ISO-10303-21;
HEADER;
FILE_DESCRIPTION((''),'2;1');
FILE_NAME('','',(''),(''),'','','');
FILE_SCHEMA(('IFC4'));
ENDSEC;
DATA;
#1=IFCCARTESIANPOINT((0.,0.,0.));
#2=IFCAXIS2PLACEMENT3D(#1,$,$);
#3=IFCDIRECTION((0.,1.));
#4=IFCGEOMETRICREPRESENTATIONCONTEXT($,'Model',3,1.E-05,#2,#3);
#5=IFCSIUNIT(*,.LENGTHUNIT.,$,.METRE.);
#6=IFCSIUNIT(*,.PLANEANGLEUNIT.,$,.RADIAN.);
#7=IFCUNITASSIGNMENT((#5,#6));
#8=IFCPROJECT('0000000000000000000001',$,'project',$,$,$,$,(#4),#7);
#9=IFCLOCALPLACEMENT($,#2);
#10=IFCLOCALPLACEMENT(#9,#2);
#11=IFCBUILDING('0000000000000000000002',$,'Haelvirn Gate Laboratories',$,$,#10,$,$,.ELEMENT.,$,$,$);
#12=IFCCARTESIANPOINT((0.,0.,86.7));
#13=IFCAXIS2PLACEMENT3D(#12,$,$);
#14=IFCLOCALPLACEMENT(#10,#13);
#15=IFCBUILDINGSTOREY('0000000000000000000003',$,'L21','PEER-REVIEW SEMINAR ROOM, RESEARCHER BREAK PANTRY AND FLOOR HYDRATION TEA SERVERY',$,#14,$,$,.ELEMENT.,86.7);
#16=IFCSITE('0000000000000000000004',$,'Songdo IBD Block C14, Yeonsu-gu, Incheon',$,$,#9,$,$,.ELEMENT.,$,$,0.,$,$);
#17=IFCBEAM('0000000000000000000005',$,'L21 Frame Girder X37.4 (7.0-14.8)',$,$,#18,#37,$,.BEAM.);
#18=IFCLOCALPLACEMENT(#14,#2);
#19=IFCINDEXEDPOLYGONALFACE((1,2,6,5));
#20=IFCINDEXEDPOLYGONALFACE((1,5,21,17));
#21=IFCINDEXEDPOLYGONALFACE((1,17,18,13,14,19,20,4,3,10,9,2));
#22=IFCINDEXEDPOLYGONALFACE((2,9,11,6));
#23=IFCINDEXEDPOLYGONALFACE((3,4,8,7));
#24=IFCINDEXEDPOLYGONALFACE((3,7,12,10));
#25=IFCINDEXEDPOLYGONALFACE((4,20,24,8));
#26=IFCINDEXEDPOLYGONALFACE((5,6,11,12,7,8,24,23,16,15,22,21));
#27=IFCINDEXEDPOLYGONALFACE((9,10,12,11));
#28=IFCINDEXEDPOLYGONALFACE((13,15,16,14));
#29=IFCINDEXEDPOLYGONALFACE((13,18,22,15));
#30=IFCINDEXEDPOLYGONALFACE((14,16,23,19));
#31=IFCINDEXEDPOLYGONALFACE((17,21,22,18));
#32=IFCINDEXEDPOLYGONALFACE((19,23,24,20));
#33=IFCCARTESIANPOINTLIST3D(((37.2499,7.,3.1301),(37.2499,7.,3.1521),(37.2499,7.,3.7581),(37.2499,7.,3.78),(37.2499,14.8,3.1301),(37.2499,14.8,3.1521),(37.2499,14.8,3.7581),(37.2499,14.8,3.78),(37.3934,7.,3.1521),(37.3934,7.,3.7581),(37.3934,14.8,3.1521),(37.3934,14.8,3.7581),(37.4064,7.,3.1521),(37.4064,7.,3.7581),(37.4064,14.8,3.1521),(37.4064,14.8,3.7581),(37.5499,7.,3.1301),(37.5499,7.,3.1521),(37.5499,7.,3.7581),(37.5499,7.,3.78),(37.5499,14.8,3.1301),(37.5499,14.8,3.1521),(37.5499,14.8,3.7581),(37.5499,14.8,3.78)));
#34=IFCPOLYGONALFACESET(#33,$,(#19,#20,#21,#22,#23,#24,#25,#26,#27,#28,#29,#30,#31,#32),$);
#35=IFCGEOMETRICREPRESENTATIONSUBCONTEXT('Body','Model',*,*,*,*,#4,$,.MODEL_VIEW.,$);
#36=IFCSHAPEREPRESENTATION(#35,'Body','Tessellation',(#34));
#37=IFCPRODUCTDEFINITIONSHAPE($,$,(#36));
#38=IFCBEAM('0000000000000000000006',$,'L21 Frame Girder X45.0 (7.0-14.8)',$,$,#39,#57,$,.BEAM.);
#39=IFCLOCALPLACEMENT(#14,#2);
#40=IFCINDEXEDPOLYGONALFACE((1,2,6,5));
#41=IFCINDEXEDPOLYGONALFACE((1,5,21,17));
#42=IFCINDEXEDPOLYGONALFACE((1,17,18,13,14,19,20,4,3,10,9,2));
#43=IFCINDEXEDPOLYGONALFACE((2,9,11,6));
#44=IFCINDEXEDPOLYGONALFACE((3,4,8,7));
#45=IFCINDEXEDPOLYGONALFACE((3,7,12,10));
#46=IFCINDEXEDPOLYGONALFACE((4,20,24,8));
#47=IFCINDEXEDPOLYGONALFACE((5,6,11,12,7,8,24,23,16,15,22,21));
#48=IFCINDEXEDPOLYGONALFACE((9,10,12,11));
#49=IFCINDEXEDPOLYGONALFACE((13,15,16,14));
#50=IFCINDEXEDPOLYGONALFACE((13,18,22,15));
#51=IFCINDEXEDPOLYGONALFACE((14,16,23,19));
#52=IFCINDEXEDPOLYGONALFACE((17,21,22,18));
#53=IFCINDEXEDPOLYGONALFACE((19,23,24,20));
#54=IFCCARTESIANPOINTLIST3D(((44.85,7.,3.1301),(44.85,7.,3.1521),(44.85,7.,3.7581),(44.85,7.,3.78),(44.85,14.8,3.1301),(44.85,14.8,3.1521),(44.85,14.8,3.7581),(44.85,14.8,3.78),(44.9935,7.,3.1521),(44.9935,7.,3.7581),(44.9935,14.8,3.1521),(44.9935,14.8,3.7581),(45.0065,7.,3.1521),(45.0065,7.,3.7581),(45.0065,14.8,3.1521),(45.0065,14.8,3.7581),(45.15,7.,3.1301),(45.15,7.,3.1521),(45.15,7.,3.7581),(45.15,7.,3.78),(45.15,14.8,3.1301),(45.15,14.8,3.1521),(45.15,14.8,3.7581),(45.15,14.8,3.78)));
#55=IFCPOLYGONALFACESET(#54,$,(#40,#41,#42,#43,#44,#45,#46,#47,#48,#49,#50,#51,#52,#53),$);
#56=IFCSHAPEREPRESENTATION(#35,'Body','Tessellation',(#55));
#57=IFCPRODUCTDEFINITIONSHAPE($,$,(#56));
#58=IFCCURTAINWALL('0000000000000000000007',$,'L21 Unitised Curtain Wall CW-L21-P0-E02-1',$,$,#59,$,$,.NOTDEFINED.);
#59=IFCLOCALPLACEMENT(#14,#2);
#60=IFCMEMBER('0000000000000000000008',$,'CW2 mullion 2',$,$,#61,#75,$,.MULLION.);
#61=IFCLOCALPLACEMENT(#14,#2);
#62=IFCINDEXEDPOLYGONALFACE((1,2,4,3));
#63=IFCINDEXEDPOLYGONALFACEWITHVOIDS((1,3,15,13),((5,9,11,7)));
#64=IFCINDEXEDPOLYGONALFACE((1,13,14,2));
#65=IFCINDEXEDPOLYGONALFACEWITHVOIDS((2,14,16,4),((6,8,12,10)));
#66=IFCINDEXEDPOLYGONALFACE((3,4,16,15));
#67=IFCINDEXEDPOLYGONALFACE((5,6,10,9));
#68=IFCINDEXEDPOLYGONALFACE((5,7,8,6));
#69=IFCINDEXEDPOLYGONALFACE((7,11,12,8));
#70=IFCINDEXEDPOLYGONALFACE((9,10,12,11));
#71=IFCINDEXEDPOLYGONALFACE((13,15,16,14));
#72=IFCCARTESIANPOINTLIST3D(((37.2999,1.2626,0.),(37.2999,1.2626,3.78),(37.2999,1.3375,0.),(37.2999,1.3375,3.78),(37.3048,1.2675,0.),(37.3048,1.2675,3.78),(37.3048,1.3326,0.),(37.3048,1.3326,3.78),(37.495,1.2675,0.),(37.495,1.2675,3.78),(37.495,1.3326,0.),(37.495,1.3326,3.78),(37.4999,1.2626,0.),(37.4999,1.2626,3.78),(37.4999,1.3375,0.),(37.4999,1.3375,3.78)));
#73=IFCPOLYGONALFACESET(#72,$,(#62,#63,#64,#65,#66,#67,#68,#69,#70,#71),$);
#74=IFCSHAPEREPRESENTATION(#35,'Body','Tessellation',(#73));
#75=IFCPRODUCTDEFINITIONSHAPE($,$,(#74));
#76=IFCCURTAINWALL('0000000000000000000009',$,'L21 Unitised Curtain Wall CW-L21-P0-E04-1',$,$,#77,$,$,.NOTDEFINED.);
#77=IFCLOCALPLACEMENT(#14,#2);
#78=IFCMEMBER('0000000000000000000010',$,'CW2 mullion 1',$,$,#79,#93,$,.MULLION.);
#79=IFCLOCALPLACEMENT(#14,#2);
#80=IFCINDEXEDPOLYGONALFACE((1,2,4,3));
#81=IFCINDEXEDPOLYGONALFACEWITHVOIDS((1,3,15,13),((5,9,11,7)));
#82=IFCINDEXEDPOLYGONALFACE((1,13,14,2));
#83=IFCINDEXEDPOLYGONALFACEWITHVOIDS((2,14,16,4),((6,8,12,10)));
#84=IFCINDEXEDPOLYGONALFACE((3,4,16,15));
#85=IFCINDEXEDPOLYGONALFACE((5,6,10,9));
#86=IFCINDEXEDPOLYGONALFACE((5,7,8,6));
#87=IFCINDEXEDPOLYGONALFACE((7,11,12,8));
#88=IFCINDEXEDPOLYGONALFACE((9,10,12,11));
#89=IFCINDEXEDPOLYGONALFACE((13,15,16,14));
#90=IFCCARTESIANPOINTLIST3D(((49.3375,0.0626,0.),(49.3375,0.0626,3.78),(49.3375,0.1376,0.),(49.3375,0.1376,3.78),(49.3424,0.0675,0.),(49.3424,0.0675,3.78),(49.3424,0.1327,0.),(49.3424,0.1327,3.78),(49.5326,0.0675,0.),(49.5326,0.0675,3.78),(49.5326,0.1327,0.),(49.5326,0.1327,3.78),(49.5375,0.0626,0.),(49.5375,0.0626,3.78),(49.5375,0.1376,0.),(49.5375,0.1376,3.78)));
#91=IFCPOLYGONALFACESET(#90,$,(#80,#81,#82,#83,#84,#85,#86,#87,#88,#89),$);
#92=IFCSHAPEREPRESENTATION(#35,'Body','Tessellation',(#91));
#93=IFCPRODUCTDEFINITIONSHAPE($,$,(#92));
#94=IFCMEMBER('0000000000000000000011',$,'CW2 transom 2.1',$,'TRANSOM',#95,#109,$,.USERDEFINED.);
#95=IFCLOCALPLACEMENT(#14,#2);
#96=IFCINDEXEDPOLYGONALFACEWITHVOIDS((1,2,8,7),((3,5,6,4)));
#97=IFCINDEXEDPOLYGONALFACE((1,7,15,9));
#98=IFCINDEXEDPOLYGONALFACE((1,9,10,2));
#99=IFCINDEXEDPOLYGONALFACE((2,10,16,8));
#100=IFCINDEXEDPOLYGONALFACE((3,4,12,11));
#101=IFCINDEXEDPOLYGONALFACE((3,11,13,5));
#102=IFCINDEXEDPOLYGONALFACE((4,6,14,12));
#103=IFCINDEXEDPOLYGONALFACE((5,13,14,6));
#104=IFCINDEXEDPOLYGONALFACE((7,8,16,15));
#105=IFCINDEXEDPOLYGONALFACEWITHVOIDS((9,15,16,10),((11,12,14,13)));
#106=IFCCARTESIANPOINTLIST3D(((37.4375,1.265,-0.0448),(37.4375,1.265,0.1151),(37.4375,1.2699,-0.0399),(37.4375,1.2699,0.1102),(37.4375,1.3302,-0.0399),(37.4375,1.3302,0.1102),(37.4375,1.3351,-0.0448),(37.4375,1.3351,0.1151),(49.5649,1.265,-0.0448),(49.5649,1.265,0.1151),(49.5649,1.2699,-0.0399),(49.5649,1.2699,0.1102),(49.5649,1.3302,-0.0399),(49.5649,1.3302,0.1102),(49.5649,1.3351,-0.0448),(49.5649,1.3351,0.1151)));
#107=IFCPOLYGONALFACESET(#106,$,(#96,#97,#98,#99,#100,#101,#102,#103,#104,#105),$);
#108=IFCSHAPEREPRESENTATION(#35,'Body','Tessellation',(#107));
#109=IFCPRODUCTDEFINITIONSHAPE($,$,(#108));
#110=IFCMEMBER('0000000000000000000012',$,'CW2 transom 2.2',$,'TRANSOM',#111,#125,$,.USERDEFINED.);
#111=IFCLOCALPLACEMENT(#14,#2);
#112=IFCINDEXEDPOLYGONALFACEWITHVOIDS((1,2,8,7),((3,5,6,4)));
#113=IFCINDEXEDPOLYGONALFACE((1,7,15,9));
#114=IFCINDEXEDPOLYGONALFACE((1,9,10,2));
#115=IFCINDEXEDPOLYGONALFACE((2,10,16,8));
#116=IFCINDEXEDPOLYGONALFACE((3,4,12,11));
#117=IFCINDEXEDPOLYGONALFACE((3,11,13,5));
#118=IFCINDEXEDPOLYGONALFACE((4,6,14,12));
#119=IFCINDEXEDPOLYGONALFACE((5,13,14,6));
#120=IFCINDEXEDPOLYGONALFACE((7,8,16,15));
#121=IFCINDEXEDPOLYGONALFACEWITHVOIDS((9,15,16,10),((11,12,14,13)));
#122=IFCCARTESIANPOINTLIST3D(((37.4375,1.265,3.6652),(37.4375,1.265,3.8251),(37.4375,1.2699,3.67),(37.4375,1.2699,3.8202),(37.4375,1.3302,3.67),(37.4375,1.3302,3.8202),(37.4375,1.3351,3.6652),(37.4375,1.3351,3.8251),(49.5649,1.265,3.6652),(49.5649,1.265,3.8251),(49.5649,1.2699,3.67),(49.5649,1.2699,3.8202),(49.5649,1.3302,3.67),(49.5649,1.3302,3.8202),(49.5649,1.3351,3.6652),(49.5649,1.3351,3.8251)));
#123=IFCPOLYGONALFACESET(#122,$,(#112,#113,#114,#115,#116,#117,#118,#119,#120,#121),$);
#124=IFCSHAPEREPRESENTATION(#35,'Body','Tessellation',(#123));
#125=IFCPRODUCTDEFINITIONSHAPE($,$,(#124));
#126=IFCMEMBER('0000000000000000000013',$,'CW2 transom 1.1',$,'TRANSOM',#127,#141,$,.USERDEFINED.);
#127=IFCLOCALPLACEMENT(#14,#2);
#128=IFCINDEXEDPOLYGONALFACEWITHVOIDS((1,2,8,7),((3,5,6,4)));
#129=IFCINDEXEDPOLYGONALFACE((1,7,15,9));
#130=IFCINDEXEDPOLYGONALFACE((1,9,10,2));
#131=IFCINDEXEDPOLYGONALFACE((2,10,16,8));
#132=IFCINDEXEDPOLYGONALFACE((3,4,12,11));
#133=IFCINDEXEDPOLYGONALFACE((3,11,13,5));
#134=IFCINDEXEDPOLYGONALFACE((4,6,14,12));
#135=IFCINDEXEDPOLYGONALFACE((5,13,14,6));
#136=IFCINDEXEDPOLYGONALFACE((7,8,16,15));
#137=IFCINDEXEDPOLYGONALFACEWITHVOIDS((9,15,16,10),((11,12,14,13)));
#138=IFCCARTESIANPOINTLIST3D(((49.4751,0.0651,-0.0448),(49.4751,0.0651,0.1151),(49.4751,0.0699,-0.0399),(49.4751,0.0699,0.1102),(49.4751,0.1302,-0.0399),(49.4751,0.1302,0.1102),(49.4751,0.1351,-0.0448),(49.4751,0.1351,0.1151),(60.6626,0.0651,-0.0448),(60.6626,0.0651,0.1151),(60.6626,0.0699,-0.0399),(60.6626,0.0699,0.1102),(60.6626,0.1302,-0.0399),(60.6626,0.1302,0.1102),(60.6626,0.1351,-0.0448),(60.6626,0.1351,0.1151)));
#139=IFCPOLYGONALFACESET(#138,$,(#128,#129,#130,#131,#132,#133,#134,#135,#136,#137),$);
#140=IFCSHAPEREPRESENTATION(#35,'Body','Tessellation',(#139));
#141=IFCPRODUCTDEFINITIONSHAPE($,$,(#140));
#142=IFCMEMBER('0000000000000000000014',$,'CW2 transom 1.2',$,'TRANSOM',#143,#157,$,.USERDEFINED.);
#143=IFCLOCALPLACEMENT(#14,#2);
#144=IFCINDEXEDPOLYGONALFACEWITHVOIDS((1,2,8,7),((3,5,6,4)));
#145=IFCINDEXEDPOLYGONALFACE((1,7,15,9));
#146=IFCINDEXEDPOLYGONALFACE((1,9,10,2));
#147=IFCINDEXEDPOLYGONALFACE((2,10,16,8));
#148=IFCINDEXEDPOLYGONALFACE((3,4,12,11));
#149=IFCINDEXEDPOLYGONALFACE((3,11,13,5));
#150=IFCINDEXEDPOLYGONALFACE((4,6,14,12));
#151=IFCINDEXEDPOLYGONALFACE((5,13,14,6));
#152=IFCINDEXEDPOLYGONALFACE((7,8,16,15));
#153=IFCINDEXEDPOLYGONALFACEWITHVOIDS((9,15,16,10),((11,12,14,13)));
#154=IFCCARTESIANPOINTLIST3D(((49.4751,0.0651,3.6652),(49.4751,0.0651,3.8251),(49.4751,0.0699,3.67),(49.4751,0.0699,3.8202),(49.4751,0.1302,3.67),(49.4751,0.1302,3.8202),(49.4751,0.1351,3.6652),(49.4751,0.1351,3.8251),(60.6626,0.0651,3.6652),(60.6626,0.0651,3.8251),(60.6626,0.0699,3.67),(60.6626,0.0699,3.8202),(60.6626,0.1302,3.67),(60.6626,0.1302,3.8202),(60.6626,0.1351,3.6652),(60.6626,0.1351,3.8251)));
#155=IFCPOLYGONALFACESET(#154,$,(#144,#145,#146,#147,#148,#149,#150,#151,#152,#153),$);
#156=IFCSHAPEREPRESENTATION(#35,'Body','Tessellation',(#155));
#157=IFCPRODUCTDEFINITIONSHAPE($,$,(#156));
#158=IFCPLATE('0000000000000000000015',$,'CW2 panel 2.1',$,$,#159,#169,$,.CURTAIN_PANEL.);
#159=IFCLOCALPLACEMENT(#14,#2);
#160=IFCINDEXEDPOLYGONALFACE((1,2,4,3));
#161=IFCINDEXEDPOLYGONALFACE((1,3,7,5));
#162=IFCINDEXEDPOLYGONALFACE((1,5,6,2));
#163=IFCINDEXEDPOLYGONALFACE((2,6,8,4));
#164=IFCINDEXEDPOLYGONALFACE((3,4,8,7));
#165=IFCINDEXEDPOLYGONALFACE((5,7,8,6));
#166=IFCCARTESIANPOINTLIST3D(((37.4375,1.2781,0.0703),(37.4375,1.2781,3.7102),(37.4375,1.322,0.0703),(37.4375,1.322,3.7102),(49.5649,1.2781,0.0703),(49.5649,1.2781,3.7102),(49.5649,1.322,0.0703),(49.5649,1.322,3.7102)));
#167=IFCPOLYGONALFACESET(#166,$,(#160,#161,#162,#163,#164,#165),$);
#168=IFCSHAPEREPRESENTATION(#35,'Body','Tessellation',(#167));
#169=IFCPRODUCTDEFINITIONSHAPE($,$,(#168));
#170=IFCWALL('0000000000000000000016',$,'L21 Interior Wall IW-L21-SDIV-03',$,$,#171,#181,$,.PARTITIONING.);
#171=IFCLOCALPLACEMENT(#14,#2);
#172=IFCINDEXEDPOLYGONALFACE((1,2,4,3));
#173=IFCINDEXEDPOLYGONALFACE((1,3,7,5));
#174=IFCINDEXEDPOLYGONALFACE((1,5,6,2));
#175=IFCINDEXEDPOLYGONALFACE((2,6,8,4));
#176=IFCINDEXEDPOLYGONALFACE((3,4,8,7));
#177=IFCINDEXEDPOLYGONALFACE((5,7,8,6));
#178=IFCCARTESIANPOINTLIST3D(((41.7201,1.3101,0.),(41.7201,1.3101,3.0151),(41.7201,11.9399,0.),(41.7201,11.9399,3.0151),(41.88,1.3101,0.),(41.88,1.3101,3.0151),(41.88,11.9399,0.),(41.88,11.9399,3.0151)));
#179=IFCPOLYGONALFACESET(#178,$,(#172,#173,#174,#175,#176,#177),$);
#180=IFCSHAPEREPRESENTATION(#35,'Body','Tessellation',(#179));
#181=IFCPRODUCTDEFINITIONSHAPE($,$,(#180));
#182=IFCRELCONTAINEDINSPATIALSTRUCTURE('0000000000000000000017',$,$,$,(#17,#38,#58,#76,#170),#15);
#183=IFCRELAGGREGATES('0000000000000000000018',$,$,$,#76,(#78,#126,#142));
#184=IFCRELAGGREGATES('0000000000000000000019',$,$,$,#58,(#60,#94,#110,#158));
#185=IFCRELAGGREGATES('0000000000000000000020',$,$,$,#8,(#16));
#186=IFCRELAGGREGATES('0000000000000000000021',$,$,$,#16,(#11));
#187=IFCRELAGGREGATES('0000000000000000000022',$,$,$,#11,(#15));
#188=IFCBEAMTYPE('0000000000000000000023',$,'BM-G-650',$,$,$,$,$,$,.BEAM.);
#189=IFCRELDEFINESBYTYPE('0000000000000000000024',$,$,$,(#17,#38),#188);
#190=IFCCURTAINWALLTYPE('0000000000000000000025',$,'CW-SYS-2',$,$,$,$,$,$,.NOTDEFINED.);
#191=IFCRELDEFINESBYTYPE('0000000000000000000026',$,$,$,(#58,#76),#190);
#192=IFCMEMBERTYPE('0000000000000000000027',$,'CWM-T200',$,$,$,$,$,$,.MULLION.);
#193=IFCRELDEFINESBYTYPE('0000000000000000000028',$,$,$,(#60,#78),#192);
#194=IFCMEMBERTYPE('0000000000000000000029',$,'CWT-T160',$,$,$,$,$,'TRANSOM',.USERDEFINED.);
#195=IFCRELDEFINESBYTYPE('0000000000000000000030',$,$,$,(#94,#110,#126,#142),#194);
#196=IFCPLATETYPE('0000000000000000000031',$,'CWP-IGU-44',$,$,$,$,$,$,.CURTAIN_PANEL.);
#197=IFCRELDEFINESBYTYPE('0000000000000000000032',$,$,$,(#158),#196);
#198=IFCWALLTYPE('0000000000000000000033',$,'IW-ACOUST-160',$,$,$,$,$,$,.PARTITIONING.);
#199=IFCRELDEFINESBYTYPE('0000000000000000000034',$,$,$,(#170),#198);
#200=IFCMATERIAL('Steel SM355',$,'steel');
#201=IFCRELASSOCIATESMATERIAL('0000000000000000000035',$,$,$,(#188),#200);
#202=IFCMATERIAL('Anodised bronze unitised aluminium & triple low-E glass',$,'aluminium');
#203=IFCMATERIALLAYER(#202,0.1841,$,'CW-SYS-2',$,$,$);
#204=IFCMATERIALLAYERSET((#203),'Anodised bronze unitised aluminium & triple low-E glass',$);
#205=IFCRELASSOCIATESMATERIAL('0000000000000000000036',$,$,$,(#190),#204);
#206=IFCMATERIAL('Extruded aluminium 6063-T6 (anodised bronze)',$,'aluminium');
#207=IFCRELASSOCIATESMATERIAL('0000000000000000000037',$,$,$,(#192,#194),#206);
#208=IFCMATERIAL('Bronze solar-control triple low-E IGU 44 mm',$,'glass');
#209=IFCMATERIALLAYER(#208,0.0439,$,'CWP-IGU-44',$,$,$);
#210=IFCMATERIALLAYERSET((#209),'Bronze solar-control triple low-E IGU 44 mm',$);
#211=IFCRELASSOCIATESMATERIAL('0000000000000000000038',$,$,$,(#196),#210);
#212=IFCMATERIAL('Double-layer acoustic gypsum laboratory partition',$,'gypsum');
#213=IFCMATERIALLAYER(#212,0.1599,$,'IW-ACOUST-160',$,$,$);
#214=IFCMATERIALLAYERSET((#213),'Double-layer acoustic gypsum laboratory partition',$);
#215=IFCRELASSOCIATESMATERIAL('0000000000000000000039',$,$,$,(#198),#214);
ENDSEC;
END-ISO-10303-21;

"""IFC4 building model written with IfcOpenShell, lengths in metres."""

from ifc_helpers import new_model, si_unit, direction, frame, frame_2d, origin, origin_2d, place, context, subcontext, project, spatial, rectangle, hollow_rectangle, i_section, extrude, source, transform, mapped, material, layer, layer_set, material_profile, profile_set, type_object, type_shapes, element, aggregate, save


model = new_model("IFC4")

# Units and contexts
model_context = context("Model", 3, precision=1e-05, world=origin(), true_north=direction((0.0, 1.0)))
body_context = subcontext(model_context, "Body", "Model", "MODEL_VIEW")
ifc_project = project(units=[si_unit("LENGTHUNIT", "METRE"), si_unit("PLANEANGLEUNIT", "RADIAN")], contexts=[model_context])

# Site, building, storey
site_placement = place(None, origin())
site = spatial("IfcSite", under=ifc_project, at=site_placement, Name="Songdo IBD Block C14, Yeonsu-gu, Incheon", CompositionType="ELEMENT", RefElevation=0.0)
building_placement = place(site_placement, origin())
building = spatial("IfcBuilding", under=site, at=building_placement, Name="Haelvirn Gate Laboratories", CompositionType="ELEMENT")
storey_placement = place(building_placement, frame((0.0, 0.0, 86.7)))
storey = spatial("IfcBuildingStorey", under=building, at=storey_placement, Name="L21", Description="PEER-REVIEW SEMINAR ROOM, RESEARCHER BREAK PANTRY AND FLOOR HYDRATION TEA SERVERY", CompositionType="ELEMENT", Elevation=86.7)

# Beams
ifc_material_1 = material(Name="Steel SM355", Category="steel")
ifc_material_profile_1 = material_profile(ifc_material_1, i_section(OverallWidth=0.3, OverallDepth=0.6499, WebThickness=0.0129, FlangeThickness=0.022, at=origin_2d()), Name="H-650x300x13x22")
ifc_profile_set_1 = profile_set([ifc_material_profile_1], Name="Steel SM355")
beam_type_1 = type_object("IfcBeamType", Name="BM-G-650", PredefinedType="BEAM", material=ifc_profile_set_1)
shared_shape_1 = source(origin(), body_context, "Body", "SweptSolid", [
    extrude(i_section(OverallWidth=0.3, OverallDepth=0.6499, WebThickness=0.0129, FlangeThickness=0.022, at=origin_2d()), origin(), (0.0, 0.0, 1.0), 7.8),
])
type_shapes(beam_type_1, [shared_shape_1])
for number, where, z_axis, x_axis, name in (
    (1, (37.3999, 7.0, 3.4551), (0.0, 1.0, 0.0), (-1.0, 0.0, 0.0), "L21 Frame Girder X37.4 (7.0-14.8)"),
    (2, (45.0, 7.0, 3.4551), (0.0, 1.0, 0.0), (-1.0, 0.0, 0.0), "L21 Frame Girder X45.0 (7.0-14.8)"),
):
    element("IfcBeam", number, at=place(storey_placement, frame(where, z_axis=z_axis, x_axis=x_axis)), inside=storey, type_object=beam_type_1, Name=name, PredefinedType="BEAM", context=body_context, shape_type="MappedRepresentation", body=[
        mapped(shared_shape_1, transform((0.0, 0.0, 0.0), scale=1.0)),
    ])

# Curtain walls, members
ifc_material_2 = material(Name="Anodised bronze unitised aluminium & triple low-E glass", Category="aluminium")
ifc_layer_1 = layer(ifc_material_2, 0.1841, Name="CW-SYS-2")
ifc_layer_set_1 = layer_set([ifc_layer_1], Name="Anodised bronze unitised aluminium & triple low-E glass")
curtain_wall_type = type_object("IfcCurtainWallType", Name="CW-SYS-2", PredefinedType="NOTDEFINED", material=ifc_layer_set_1)
curtain_wall_1_placement = place(storey_placement, origin())
curtain_wall_1 = element("IfcCurtainWall", 3, at=curtain_wall_1_placement, inside=storey, type_object=curtain_wall_type, Name="L21 Unitised Curtain Wall CW-L21-P0-E02-1", PredefinedType="NOTDEFINED")
ifc_material_3 = material(Name="Extruded aluminium 6063-T6 (anodised bronze)", Category="aluminium")
ifc_material_profile_2 = material_profile(ifc_material_3, hollow_rectangle(XDim=0.075, YDim=0.2, WallThickness=0.0049, at=origin_2d()), Name="CWM-200x75x5")
ifc_profile_set_2 = profile_set([ifc_material_profile_2], Name="Extruded aluminium 6063-T6 (anodised bronze)")
member_type_1 = type_object("IfcMemberType", Name="CWM-T200", PredefinedType="MULLION", material=ifc_profile_set_2)
shared_shape_2 = source(origin(), body_context, "Body", "SweptSolid", [
    extrude(hollow_rectangle(XDim=0.075, YDim=0.2, WallThickness=0.0049, at=origin_2d()), origin(), (0.0, 0.0, 1.0), 3.78),
])
type_shapes(member_type_1, [shared_shape_2])
member_1_placement = place(storey_placement, frame((37.3999, 1.3, 0.0), z_axis=(0.0, 0.0, 1.0), x_axis=(0.0, 1.0, 0.0)))
member_1 = element("IfcMember", 4, at=member_1_placement, type_object=member_type_1, Name="CW2 mullion 2", PredefinedType="MULLION", context=body_context, shape_type="MappedRepresentation", body=[
    mapped(shared_shape_2, transform((0.0, 0.0, 0.0), scale=1.0)),
])
curtain_wall_2_placement = place(storey_placement, origin())
curtain_wall_2 = element("IfcCurtainWall", 5, at=curtain_wall_2_placement, inside=storey, type_object=curtain_wall_type, Name="L21 Unitised Curtain Wall CW-L21-P0-E04-1", PredefinedType="NOTDEFINED")
member_2_placement = place(storey_placement, frame((49.4375, 0.1001, 0.0), z_axis=(0.0, 0.0, 1.0), x_axis=(0.0, 1.0, 0.0)))
member_2 = element("IfcMember", 6, at=member_2_placement, type_object=member_type_1, Name="CW2 mullion 1", PredefinedType="MULLION", context=body_context, shape_type="MappedRepresentation", body=[
    mapped(shared_shape_2, transform((0.0, 0.0, 0.0), scale=1.0)),
])

# Members
ifc_material_profile_3 = material_profile(ifc_material_3, hollow_rectangle(XDim=0.0701, YDim=0.1599, WallThickness=0.0049, at=origin_2d()), Name="CWT-160x70x5")
ifc_profile_set_3 = profile_set([ifc_material_profile_3], Name="Extruded aluminium 6063-T6 (anodised bronze)")
member_type_2 = type_object("IfcMemberType", Name="CWT-T160", ElementType="TRANSOM", PredefinedType="USERDEFINED", material=ifc_profile_set_3)
shared_shape_3 = source(origin(), body_context, "Body", "SweptSolid", [
    extrude(hollow_rectangle(XDim=0.0701, YDim=0.1599, WallThickness=0.0049, at=origin_2d()), origin(), (0.0, 0.0, 1.0), 12.1274),
])
member_3_placement = place(storey_placement, frame((37.4375, 1.3, 0.0352), z_axis=(1.0, 0.0, 0.0), x_axis=(0.0, 1.0, 0.0)))
member_3 = element("IfcMember", 7, at=member_3_placement, type_object=member_type_2, Name="CW2 transom 2.1", ObjectType="TRANSOM", PredefinedType="USERDEFINED", context=body_context, shape_type="MappedRepresentation", body=[
    mapped(shared_shape_3, transform((0.0, 0.0, 0.0), scale=1.0)),
])
member_4_placement = place(storey_placement, frame((37.4375, 1.3, 3.7451), z_axis=(1.0, 0.0, 0.0), x_axis=(0.0, 1.0, 0.0)))
member_4 = element("IfcMember", 8, at=member_4_placement, type_object=member_type_2, Name="CW2 transom 2.2", ObjectType="TRANSOM", PredefinedType="USERDEFINED", context=body_context, shape_type="MappedRepresentation", body=[
    mapped(shared_shape_3, transform((0.0, 0.0, 0.0), scale=1.0)),
])
shared_shape_4 = source(origin(), body_context, "Body", "SweptSolid", [
    extrude(hollow_rectangle(XDim=0.0701, YDim=0.1599, WallThickness=0.0049, at=origin_2d()), origin(), (0.0, 0.0, 1.0), 11.1875),
])
type_shapes(member_type_2, [shared_shape_3, shared_shape_4])
member_5_placement = place(storey_placement, frame((49.4751, 0.1001, 0.0352), z_axis=(1.0, 0.0, 0.0), x_axis=(0.0, 1.0, 0.0)))
member_5 = element("IfcMember", 9, at=member_5_placement, type_object=member_type_2, Name="CW2 transom 1.1", ObjectType="TRANSOM", PredefinedType="USERDEFINED", context=body_context, shape_type="MappedRepresentation", body=[
    mapped(shared_shape_4, transform((0.0, 0.0, 0.0), scale=1.0)),
])
member_6_placement = place(storey_placement, frame((49.4751, 0.1001, 3.7451), z_axis=(1.0, 0.0, 0.0), x_axis=(0.0, 1.0, 0.0)))
member_6 = element("IfcMember", 10, at=member_6_placement, type_object=member_type_2, Name="CW2 transom 1.2", ObjectType="TRANSOM", PredefinedType="USERDEFINED", context=body_context, shape_type="MappedRepresentation", body=[
    mapped(shared_shape_4, transform((0.0, 0.0, 0.0), scale=1.0)),
])
aggregate(curtain_wall_2, [member_2, member_5, member_6])

# Plate
ifc_material_4 = material(Name="Bronze solar-control triple low-E IGU 44 mm", Category="glass")
ifc_layer_2 = layer(ifc_material_4, 0.0439, Name="CWP-IGU-44")
ifc_layer_set_2 = layer_set([ifc_layer_2], Name="Bronze solar-control triple low-E IGU 44 mm")
plate_type = type_object("IfcPlateType", Name="CWP-IGU-44", PredefinedType="CURTAIN_PANEL", material=ifc_layer_set_2)
shared_shape_5 = source(origin(), body_context, "Body", "SweptSolid", [
    extrude(rectangle(XDim=12.1274, YDim=0.0439, at=origin_2d()), origin(), (0.0, 0.0, 1.0), 3.6399),
])
type_shapes(plate_type, [shared_shape_5])
plate_placement = place(storey_placement, frame((43.5012, 1.3, 0.0703), z_axis=(0.0, 0.0, 1.0), x_axis=(1.0, 0.0, 0.0)))
plate = element("IfcPlate", 11, at=plate_placement, type_object=plate_type, Name="CW2 panel 2.1", PredefinedType="CURTAIN_PANEL", context=body_context, shape_type="MappedRepresentation", body=[
    mapped(shared_shape_5, transform((0.0, 0.0, 0.0), scale=1.0)),
])
aggregate(curtain_wall_1, [member_1, member_3, member_4, plate])

# Wall
ifc_material_5 = material(Name="Double-layer acoustic gypsum laboratory partition", Category="gypsum")
ifc_layer_3 = layer(ifc_material_5, 0.1599, Name="IW-ACOUST-160")
ifc_layer_set_3 = layer_set([ifc_layer_3], Name="Double-layer acoustic gypsum laboratory partition")
wall_type_1 = type_object("IfcWallType", Name="IW-ACOUST-160", PredefinedType="PARTITIONING", material=ifc_layer_set_3)
wall_1_placement = place(storey_placement, frame((41.8, 1.3101, 0.0), z_axis=(0.0, 0.0, 1.0), x_axis=(0.0, 1.0, 0.0)))
element("IfcWall", 12, at=wall_1_placement, inside=storey, type_object=wall_type_1, Name="L21 Interior Wall IW-L21-SDIV-03", PredefinedType="PARTITIONING", context=body_context, shape_type="SweptSolid", body=[
    extrude(rectangle(XDim=10.6299, YDim=0.1599, at=frame_2d((5.3149, 0.0))), origin(), (0.0, 0.0, 1.0), 3.0151),
])

save(model, "model.ifc")
